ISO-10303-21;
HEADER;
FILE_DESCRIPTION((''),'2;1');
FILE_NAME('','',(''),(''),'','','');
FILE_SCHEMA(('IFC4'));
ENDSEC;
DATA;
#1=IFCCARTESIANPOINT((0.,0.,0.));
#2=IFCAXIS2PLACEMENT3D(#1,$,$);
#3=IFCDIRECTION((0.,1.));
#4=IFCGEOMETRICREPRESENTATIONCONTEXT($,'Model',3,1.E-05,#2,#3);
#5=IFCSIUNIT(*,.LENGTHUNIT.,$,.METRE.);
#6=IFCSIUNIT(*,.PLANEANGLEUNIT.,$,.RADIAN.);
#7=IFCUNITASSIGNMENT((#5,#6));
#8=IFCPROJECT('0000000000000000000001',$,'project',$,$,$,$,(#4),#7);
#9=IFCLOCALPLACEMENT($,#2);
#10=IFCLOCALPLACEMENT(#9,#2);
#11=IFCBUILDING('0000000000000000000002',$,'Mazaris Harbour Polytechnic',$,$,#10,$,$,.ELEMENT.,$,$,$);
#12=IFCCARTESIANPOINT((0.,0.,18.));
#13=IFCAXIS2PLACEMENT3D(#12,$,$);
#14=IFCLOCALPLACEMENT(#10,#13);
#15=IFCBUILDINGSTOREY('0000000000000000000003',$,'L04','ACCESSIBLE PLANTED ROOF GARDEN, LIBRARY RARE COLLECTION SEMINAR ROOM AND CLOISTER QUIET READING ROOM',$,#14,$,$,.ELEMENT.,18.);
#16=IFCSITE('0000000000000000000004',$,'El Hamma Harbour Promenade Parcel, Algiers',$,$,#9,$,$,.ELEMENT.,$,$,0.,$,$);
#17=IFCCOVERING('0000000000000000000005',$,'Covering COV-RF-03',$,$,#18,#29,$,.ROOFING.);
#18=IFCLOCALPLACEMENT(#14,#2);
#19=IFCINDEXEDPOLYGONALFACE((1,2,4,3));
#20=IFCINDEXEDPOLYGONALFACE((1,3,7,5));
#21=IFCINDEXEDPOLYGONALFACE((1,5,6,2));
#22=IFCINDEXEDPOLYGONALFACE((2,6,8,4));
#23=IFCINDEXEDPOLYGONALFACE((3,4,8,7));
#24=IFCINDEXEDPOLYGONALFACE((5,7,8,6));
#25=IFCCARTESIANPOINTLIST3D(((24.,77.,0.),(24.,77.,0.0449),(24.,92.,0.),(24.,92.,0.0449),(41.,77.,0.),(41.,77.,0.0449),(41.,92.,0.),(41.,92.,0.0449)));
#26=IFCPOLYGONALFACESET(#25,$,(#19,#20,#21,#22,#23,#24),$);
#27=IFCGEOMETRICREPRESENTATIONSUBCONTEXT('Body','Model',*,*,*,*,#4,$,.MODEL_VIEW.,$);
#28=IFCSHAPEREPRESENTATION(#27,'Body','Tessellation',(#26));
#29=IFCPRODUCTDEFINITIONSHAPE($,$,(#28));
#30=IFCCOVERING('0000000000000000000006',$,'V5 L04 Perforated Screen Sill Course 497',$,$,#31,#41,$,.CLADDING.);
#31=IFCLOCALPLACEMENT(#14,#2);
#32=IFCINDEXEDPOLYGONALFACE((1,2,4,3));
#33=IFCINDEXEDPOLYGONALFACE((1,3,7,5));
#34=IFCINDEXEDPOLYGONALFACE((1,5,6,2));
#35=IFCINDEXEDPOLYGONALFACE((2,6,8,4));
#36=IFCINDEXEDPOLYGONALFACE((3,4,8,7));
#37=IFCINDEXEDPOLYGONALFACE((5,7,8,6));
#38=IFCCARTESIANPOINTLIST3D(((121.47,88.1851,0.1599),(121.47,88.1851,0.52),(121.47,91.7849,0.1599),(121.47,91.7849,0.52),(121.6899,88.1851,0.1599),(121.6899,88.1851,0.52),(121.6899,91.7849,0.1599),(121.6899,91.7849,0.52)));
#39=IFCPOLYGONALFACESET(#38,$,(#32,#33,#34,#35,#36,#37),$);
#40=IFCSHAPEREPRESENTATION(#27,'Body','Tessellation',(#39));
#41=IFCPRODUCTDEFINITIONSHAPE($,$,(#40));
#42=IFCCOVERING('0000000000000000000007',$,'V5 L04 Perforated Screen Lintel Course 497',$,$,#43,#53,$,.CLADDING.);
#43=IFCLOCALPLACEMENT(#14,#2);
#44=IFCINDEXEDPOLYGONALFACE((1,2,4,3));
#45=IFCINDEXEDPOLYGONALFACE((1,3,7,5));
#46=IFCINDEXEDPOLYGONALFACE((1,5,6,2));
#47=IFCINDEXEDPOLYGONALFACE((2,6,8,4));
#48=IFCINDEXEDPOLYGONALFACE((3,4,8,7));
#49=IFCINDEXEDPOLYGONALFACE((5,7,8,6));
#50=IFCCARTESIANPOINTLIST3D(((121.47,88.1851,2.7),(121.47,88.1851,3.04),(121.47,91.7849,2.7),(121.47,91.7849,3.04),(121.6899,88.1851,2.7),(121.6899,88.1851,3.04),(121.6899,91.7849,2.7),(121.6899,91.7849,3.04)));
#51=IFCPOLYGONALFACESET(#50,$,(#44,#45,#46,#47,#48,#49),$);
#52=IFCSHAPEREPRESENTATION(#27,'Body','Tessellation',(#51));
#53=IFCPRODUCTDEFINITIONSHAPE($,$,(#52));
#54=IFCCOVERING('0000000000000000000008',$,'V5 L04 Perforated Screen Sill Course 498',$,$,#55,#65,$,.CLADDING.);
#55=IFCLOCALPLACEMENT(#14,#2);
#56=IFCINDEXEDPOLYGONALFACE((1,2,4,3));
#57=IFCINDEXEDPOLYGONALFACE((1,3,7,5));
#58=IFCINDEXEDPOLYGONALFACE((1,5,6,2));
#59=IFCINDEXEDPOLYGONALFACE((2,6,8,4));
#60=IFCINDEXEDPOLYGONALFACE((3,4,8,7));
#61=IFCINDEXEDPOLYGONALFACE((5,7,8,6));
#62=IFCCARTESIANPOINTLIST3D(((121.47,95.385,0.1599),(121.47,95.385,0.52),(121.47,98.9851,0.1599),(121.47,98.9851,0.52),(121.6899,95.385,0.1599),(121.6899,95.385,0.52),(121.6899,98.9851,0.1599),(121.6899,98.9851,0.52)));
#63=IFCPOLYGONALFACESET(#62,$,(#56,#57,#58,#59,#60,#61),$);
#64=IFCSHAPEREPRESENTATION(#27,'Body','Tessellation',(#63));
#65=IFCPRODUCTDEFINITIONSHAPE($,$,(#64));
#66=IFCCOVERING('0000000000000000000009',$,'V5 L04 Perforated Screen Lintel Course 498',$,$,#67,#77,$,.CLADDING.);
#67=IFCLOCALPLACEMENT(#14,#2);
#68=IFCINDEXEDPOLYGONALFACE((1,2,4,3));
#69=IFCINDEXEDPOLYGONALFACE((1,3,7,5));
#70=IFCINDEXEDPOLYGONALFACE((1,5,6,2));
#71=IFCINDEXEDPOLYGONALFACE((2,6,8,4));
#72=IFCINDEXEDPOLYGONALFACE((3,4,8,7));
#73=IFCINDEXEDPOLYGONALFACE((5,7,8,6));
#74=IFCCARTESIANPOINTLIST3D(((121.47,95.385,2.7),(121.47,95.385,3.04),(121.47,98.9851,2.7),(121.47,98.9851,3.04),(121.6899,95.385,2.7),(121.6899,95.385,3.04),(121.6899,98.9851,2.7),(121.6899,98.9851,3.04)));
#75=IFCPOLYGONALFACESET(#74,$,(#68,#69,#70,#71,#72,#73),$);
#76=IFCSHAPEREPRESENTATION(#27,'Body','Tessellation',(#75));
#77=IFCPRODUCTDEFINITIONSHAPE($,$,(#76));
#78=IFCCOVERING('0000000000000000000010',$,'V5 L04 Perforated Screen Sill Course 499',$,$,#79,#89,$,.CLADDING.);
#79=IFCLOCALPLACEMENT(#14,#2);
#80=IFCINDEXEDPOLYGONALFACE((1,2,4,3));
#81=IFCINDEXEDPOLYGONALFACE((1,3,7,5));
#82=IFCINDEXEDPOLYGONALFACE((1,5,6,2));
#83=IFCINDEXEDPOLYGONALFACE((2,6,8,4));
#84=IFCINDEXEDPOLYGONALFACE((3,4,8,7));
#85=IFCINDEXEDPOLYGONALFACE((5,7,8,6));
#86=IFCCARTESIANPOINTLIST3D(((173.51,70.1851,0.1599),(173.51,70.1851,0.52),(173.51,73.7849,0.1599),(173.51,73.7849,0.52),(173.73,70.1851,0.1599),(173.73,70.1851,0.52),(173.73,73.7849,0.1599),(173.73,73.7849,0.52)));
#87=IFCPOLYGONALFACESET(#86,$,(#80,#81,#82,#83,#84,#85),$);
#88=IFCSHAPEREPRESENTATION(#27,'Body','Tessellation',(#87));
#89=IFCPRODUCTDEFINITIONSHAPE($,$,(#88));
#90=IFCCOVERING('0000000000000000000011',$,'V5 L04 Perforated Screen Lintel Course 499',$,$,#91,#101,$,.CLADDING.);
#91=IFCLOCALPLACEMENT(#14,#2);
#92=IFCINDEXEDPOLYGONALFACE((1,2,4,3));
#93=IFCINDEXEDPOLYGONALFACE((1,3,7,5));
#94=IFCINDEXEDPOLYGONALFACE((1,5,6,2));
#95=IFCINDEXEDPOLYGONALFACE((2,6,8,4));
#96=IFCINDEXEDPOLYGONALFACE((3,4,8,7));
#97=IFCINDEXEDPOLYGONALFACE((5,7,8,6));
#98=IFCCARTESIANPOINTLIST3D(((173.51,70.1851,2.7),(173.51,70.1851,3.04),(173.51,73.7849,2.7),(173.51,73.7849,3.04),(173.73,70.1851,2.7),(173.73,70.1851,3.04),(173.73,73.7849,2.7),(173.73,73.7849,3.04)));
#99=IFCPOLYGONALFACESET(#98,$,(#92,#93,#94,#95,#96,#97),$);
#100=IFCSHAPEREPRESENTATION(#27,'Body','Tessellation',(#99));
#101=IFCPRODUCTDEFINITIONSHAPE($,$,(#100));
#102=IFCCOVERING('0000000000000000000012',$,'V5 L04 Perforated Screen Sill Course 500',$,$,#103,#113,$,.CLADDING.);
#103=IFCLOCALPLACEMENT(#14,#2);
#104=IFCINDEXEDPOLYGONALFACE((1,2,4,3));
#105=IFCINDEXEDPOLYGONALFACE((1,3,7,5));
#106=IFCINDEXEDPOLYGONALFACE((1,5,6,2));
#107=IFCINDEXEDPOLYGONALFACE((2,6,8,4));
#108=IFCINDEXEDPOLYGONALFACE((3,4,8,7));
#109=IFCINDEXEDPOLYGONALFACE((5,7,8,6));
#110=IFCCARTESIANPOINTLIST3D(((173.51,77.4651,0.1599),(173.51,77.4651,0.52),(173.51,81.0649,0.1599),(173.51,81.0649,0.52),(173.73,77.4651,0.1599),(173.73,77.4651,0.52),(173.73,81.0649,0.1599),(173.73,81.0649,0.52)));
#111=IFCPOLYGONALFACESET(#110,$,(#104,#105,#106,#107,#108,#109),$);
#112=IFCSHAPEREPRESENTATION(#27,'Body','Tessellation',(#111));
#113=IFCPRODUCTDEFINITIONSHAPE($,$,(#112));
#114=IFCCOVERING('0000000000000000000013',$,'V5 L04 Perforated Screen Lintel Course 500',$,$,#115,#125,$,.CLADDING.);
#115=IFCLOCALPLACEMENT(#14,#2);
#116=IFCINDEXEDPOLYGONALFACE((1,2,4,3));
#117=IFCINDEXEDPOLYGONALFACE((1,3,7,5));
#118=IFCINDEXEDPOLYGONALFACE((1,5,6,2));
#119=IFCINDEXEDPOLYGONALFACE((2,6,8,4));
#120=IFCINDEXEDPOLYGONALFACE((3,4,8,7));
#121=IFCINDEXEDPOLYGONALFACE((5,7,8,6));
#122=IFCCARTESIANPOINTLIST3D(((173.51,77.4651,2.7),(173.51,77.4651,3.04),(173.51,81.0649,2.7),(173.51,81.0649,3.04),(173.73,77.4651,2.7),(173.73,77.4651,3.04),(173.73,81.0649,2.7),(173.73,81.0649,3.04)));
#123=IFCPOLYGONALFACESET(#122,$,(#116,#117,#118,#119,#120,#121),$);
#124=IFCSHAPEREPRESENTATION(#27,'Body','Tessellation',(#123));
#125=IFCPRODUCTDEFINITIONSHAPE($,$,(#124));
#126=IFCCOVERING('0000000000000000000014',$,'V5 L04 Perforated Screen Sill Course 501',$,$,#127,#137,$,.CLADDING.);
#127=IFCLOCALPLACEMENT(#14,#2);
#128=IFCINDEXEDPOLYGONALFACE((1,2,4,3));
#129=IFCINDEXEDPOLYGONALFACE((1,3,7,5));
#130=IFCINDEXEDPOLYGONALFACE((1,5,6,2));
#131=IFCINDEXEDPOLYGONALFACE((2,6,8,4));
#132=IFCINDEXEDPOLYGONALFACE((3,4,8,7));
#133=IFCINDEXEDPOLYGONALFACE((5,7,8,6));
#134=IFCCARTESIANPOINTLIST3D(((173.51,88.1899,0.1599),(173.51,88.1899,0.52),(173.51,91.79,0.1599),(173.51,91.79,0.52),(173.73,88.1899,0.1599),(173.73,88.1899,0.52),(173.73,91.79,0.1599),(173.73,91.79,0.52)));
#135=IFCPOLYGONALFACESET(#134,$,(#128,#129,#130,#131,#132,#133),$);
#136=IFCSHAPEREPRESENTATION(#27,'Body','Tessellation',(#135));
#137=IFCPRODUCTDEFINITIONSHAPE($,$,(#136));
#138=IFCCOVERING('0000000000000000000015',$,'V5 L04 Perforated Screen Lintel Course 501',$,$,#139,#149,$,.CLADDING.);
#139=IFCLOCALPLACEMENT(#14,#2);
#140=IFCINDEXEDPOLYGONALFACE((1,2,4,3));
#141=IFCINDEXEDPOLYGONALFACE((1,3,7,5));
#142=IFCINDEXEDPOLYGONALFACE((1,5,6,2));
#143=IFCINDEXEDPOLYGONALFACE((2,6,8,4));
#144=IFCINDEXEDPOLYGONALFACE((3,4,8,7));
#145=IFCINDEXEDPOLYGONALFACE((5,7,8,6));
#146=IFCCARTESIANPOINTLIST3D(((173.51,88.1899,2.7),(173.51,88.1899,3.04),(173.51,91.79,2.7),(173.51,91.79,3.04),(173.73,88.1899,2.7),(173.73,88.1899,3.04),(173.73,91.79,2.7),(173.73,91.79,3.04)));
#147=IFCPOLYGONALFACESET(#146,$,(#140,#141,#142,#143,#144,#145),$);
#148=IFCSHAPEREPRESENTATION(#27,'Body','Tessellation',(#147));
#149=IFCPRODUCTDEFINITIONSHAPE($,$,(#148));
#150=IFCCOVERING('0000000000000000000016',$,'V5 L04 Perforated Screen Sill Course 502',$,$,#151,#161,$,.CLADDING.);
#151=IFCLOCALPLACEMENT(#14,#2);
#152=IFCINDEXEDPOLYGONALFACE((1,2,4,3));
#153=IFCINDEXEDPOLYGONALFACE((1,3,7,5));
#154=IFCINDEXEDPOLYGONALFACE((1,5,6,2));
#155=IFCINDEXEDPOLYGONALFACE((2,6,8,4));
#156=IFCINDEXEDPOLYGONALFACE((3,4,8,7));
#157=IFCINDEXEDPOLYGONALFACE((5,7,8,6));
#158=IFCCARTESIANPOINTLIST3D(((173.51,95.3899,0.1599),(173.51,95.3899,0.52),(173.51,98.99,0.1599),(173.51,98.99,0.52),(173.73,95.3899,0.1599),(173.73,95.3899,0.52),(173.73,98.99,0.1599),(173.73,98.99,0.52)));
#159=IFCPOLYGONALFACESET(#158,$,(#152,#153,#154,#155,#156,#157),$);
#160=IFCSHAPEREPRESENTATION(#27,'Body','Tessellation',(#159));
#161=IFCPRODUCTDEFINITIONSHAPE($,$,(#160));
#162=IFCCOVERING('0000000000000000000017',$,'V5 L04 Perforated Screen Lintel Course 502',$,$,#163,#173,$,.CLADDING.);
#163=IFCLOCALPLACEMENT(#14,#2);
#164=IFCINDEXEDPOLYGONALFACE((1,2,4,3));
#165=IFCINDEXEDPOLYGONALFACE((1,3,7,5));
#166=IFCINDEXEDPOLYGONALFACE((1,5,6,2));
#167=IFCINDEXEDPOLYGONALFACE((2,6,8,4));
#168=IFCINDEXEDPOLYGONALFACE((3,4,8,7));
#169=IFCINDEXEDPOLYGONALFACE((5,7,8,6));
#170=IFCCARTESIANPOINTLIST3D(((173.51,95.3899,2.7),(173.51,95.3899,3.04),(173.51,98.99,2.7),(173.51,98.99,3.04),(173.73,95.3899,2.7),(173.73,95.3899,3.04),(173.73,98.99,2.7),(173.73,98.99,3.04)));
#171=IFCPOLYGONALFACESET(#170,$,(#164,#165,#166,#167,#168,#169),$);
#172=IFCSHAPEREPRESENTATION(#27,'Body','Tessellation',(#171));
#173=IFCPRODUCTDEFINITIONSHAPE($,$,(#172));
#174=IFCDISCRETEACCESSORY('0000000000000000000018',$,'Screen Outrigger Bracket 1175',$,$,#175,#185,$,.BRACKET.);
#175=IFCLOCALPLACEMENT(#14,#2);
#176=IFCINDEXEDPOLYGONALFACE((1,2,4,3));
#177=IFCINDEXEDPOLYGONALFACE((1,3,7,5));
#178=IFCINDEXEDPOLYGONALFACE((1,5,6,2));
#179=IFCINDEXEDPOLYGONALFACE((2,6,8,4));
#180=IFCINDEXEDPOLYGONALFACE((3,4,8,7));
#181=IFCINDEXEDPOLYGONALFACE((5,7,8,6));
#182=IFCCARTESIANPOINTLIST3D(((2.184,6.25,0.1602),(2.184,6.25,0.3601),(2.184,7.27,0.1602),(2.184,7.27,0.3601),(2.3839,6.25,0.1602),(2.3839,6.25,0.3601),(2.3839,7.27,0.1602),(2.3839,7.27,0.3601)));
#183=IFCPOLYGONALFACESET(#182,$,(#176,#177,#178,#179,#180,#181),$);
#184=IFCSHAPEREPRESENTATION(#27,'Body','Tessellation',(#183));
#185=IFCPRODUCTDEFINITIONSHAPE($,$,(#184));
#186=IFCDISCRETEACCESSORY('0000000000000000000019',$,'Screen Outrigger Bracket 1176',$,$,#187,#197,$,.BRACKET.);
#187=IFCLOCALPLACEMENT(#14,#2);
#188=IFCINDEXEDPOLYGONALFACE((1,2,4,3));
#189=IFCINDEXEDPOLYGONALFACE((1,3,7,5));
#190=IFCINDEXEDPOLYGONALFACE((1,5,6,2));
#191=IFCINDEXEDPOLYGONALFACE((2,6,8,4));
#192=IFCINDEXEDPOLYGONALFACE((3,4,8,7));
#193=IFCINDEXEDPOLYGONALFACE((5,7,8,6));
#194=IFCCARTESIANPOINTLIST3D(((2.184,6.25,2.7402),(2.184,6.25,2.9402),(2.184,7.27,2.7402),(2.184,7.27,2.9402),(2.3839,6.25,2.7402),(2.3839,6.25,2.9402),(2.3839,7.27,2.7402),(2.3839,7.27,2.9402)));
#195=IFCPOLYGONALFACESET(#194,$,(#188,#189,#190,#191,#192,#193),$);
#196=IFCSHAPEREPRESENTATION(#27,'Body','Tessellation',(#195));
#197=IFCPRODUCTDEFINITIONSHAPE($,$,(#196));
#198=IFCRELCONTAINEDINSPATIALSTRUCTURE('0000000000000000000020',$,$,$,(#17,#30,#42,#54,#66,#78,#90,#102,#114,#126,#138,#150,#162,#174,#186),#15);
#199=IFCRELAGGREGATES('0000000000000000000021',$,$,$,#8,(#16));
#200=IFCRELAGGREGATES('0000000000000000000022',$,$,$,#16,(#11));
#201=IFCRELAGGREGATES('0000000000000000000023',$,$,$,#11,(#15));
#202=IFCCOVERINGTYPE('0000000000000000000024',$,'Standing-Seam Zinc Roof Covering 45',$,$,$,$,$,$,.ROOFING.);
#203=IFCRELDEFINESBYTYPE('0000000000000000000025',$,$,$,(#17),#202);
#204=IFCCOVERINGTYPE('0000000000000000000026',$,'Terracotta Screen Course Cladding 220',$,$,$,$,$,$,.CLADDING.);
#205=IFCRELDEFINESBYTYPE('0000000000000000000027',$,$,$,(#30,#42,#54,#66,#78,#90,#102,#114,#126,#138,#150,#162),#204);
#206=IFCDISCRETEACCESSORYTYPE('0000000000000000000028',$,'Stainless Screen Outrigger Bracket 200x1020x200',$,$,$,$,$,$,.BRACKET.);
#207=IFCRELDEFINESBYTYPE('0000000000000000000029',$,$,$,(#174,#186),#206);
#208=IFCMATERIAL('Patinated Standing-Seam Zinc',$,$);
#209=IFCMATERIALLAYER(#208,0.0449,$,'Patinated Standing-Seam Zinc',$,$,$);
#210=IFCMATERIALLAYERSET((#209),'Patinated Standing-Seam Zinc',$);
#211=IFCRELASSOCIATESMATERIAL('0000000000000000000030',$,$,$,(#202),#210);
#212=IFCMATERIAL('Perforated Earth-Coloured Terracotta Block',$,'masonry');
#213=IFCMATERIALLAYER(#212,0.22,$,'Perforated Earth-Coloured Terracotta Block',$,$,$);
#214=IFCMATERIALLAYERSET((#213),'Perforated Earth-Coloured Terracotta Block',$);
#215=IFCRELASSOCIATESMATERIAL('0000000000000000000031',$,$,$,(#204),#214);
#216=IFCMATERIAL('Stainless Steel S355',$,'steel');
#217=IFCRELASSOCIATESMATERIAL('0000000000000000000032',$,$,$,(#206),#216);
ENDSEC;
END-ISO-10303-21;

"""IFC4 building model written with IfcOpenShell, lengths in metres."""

from ifc_helpers import new_model, si_unit, direction, frame, origin, origin_2d, place, context, subcontext, project, spatial, polyline, rectangle, outline, extrude, material, layer, layer_set, type_object, element, save


model = new_model("IFC4")

# Units and contexts
model_context = context("Model", 3, precision=1e-05, world=origin(), true_north=direction((0.0, 1.0)))
body_context = subcontext(model_context, "Body", "Model", "MODEL_VIEW")
ifc_project = project(units=[si_unit("LENGTHUNIT", "METRE"), si_unit("PLANEANGLEUNIT", "RADIAN")], contexts=[model_context])

# Site, building, storey
site_placement = place(None, origin())
site = spatial("IfcSite", under=ifc_project, at=site_placement, Name="El Hamma Harbour Promenade Parcel, Algiers", CompositionType="ELEMENT", RefElevation=0.0)
building_placement = place(site_placement, origin())
building = spatial("IfcBuilding", under=site, at=building_placement, Name="Mazaris Harbour Polytechnic", CompositionType="ELEMENT")
storey_placement = place(building_placement, frame((0.0, 0.0, 18.0)))
storey = spatial("IfcBuildingStorey", under=building, at=storey_placement, Name="L04", Description="ACCESSIBLE PLANTED ROOF GARDEN, LIBRARY RARE COLLECTION SEMINAR ROOM AND CLOISTER QUIET READING ROOM", CompositionType="ELEMENT", Elevation=18.0)

# Coverings
ifc_material_1 = material(Name="Patinated Standing-Seam Zinc")
ifc_layer_1 = layer(ifc_material_1, 0.0449, Name="Patinated Standing-Seam Zinc")
ifc_layer_set_1 = layer_set([ifc_layer_1], Name="Patinated Standing-Seam Zinc")
covering_type_1 = type_object("IfcCoveringType", Name="Standing-Seam Zinc Roof Covering 45", PredefinedType="ROOFING", material=ifc_layer_set_1)
covering_1_placement = place(storey_placement, origin())
element("IfcCovering", 1, at=covering_1_placement, inside=storey, type_object=covering_type_1, Name="Covering COV-RF-03", PredefinedType="ROOFING", context=body_context, shape_type="SweptSolid", body=[
    extrude(outline(polyline([(24.0, 77.0), (41.0, 77.0), (41.0, 92.0), (24.0, 92.0), (24.0, 77.0)])), origin(), (0.0, 0.0, 1.0), 0.0449),
])
ifc_material_2 = material(Name="Perforated Earth-Coloured Terracotta Block", Category="masonry")
ifc_layer_2 = layer(ifc_material_2, 0.22, Name="Perforated Earth-Coloured Terracotta Block")
ifc_layer_set_2 = layer_set([ifc_layer_2], Name="Perforated Earth-Coloured Terracotta Block")
covering_type_2 = type_object("IfcCoveringType", Name="Terracotta Screen Course Cladding 220", PredefinedType="CLADDING", material=ifc_layer_set_2)
covering_2_placement = place(storey_placement, frame((0.0, 0.0, 0.1599)))
element("IfcCovering", 2, at=covering_2_placement, inside=storey, type_object=covering_type_2, Name="V5 L04 Perforated Screen Sill Course 497", PredefinedType="CLADDING", context=body_context, shape_type="SweptSolid", body=[
    extrude(outline(polyline([(121.6899, 88.1851), (121.6899, 91.7849), (121.47, 91.7849), (121.47, 88.1851), (121.6899, 88.1851)])), origin(), (0.0, 0.0, 1.0), 0.3601),
])
covering_3_placement = place(storey_placement, frame((0.0, 0.0, 2.7)))
element("IfcCovering", 3, at=covering_3_placement, inside=storey, type_object=covering_type_2, Name="V5 L04 Perforated Screen Lintel Course 497", PredefinedType="CLADDING", context=body_context, shape_type="SweptSolid", body=[
    extrude(outline(polyline([(121.6899, 88.1851), (121.6899, 91.7849), (121.47, 91.7849), (121.47, 88.1851), (121.6899, 88.1851)])), origin(), (0.0, 0.0, 1.0), 0.3401),
])
covering_4_placement = place(storey_placement, frame((0.0, 0.0, 0.1599)))
element("IfcCovering", 4, at=covering_4_placement, inside=storey, type_object=covering_type_2, Name="V5 L04 Perforated Screen Sill Course 498", PredefinedType="CLADDING", context=body_context, shape_type="SweptSolid", body=[
    extrude(outline(polyline([(121.6899, 95.385), (121.6899, 98.9851), (121.47, 98.9851), (121.47, 95.385), (121.6899, 95.385)])), origin(), (0.0, 0.0, 1.0), 0.3601),
])
covering_5_placement = place(storey_placement, frame((0.0, 0.0, 2.7)))
element("IfcCovering", 5, at=covering_5_placement, inside=storey, type_object=covering_type_2, Name="V5 L04 Perforated Screen Lintel Course 498", PredefinedType="CLADDING", context=body_context, shape_type="SweptSolid", body=[
    extrude(outline(polyline([(121.6899, 95.385), (121.6899, 98.9851), (121.47, 98.9851), (121.47, 95.385), (121.6899, 95.385)])), origin(), (0.0, 0.0, 1.0), 0.3401),
])
covering_6_placement = place(storey_placement, frame((0.0, 0.0, 0.1599)))
element("IfcCovering", 6, at=covering_6_placement, inside=storey, type_object=covering_type_2, Name="V5 L04 Perforated Screen Sill Course 499", PredefinedType="CLADDING", context=body_context, shape_type="SweptSolid", body=[
    extrude(outline(polyline([(173.51, 73.7849), (173.51, 70.1851), (173.73, 70.1851), (173.73, 73.7849), (173.51, 73.7849)])), origin(), (0.0, 0.0, 1.0), 0.3601),
])
covering_7_placement = place(storey_placement, frame((0.0, 0.0, 2.7)))
element("IfcCovering", 7, at=covering_7_placement, inside=storey, type_object=covering_type_2, Name="V5 L04 Perforated Screen Lintel Course 499", PredefinedType="CLADDING", context=body_context, shape_type="SweptSolid", body=[
    extrude(outline(polyline([(173.51, 73.7849), (173.51, 70.1851), (173.73, 70.1851), (173.73, 73.7849), (173.51, 73.7849)])), origin(), (0.0, 0.0, 1.0), 0.3401),
])
covering_8_placement = place(storey_placement, frame((0.0, 0.0, 0.1599)))
element("IfcCovering", 8, at=covering_8_placement, inside=storey, type_object=covering_type_2, Name="V5 L04 Perforated Screen Sill Course 500", PredefinedType="CLADDING", context=body_context, shape_type="SweptSolid", body=[
    extrude(outline(polyline([(173.51, 81.0649), (173.51, 77.4651), (173.73, 77.4651), (173.73, 81.0649), (173.51, 81.0649)])), origin(), (0.0, 0.0, 1.0), 0.3601),
])
covering_9_placement = place(storey_placement, frame((0.0, 0.0, 2.7)))
element("IfcCovering", 9, at=covering_9_placement, inside=storey, type_object=covering_type_2, Name="V5 L04 Perforated Screen Lintel Course 500", PredefinedType="CLADDING", context=body_context, shape_type="SweptSolid", body=[
    extrude(outline(polyline([(173.51, 81.0649), (173.51, 77.4651), (173.73, 77.4651), (173.73, 81.0649), (173.51, 81.0649)])), origin(), (0.0, 0.0, 1.0), 0.3401),
])
covering_10_placement = place(storey_placement, frame((0.0, 0.0, 0.1599)))
element("IfcCovering", 10, at=covering_10_placement, inside=storey, type_object=covering_type_2, Name="V5 L04 Perforated Screen Sill Course 501", PredefinedType="CLADDING", context=body_context, shape_type="SweptSolid", body=[
    extrude(outline(polyline([(173.51, 91.79), (173.51, 88.1899), (173.73, 88.1899), (173.73, 91.79), (173.51, 91.79)])), origin(), (0.0, 0.0, 1.0), 0.3601),
])
covering_11_placement = place(storey_placement, frame((0.0, 0.0, 2.7)))
element("IfcCovering", 11, at=covering_11_placement, inside=storey, type_object=covering_type_2, Name="V5 L04 Perforated Screen Lintel Course 501", PredefinedType="CLADDING", context=body_context, shape_type="SweptSolid", body=[
    extrude(outline(polyline([(173.51, 91.79), (173.51, 88.1899), (173.73, 88.1899), (173.73, 91.79), (173.51, 91.79)])), origin(), (0.0, 0.0, 1.0), 0.3401),
])
covering_12_placement = place(storey_placement, frame((0.0, 0.0, 0.1599)))
element("IfcCovering", 12, at=covering_12_placement, inside=storey, type_object=covering_type_2, Name="V5 L04 Perforated Screen Sill Course 502", PredefinedType="CLADDING", context=body_context, shape_type="SweptSolid", body=[
    extrude(outline(polyline([(173.51, 98.99), (173.51, 95.3899), (173.73, 95.3899), (173.73, 98.99), (173.51, 98.99)])), origin(), (0.0, 0.0, 1.0), 0.3601),
])
covering_13_placement = place(storey_placement, frame((0.0, 0.0, 2.7)))
element("IfcCovering", 13, at=covering_13_placement, inside=storey, type_object=covering_type_2, Name="V5 L04 Perforated Screen Lintel Course 502", PredefinedType="CLADDING", context=body_context, shape_type="SweptSolid", body=[
    extrude(outline(polyline([(173.51, 98.99), (173.51, 95.3899), (173.73, 95.3899), (173.73, 98.99), (173.51, 98.99)])), origin(), (0.0, 0.0, 1.0), 0.3401),
])

# Discrete accessories
ifc_material_3 = material(Name="Stainless Steel S355", Category="steel")
discrete_accessory_type = type_object("IfcDiscreteAccessoryType", Name="Stainless Screen Outrigger Bracket 200x1020x200", PredefinedType="BRACKET", material=ifc_material_3)
for number, where, z_axis, x_axis, name in (
    (14, (2.2839, 6.76, 0.1602), (0.0, 0.0, 1.0), (-1.0, 0.0, 0.0), "Screen Outrigger Bracket 1175"),
    (15, (2.2839, 6.76, 2.7402), (0.0, 0.0, 1.0), (-1.0, 0.0, 0.0), "Screen Outrigger Bracket 1176"),
):
    element("IfcDiscreteAccessory", number, at=place(storey_placement, frame(where, z_axis=z_axis, x_axis=x_axis)), inside=storey, type_object=discrete_accessory_type, Name=name, PredefinedType="BRACKET", context=body_context, shape_type="SweptSolid", body=[
        extrude(rectangle(XDim=0.2, YDim=1.02, at=origin_2d()), origin(), (0.0, 0.0, 1.0), 0.2),
    ])

save(model, "model.ifc")
